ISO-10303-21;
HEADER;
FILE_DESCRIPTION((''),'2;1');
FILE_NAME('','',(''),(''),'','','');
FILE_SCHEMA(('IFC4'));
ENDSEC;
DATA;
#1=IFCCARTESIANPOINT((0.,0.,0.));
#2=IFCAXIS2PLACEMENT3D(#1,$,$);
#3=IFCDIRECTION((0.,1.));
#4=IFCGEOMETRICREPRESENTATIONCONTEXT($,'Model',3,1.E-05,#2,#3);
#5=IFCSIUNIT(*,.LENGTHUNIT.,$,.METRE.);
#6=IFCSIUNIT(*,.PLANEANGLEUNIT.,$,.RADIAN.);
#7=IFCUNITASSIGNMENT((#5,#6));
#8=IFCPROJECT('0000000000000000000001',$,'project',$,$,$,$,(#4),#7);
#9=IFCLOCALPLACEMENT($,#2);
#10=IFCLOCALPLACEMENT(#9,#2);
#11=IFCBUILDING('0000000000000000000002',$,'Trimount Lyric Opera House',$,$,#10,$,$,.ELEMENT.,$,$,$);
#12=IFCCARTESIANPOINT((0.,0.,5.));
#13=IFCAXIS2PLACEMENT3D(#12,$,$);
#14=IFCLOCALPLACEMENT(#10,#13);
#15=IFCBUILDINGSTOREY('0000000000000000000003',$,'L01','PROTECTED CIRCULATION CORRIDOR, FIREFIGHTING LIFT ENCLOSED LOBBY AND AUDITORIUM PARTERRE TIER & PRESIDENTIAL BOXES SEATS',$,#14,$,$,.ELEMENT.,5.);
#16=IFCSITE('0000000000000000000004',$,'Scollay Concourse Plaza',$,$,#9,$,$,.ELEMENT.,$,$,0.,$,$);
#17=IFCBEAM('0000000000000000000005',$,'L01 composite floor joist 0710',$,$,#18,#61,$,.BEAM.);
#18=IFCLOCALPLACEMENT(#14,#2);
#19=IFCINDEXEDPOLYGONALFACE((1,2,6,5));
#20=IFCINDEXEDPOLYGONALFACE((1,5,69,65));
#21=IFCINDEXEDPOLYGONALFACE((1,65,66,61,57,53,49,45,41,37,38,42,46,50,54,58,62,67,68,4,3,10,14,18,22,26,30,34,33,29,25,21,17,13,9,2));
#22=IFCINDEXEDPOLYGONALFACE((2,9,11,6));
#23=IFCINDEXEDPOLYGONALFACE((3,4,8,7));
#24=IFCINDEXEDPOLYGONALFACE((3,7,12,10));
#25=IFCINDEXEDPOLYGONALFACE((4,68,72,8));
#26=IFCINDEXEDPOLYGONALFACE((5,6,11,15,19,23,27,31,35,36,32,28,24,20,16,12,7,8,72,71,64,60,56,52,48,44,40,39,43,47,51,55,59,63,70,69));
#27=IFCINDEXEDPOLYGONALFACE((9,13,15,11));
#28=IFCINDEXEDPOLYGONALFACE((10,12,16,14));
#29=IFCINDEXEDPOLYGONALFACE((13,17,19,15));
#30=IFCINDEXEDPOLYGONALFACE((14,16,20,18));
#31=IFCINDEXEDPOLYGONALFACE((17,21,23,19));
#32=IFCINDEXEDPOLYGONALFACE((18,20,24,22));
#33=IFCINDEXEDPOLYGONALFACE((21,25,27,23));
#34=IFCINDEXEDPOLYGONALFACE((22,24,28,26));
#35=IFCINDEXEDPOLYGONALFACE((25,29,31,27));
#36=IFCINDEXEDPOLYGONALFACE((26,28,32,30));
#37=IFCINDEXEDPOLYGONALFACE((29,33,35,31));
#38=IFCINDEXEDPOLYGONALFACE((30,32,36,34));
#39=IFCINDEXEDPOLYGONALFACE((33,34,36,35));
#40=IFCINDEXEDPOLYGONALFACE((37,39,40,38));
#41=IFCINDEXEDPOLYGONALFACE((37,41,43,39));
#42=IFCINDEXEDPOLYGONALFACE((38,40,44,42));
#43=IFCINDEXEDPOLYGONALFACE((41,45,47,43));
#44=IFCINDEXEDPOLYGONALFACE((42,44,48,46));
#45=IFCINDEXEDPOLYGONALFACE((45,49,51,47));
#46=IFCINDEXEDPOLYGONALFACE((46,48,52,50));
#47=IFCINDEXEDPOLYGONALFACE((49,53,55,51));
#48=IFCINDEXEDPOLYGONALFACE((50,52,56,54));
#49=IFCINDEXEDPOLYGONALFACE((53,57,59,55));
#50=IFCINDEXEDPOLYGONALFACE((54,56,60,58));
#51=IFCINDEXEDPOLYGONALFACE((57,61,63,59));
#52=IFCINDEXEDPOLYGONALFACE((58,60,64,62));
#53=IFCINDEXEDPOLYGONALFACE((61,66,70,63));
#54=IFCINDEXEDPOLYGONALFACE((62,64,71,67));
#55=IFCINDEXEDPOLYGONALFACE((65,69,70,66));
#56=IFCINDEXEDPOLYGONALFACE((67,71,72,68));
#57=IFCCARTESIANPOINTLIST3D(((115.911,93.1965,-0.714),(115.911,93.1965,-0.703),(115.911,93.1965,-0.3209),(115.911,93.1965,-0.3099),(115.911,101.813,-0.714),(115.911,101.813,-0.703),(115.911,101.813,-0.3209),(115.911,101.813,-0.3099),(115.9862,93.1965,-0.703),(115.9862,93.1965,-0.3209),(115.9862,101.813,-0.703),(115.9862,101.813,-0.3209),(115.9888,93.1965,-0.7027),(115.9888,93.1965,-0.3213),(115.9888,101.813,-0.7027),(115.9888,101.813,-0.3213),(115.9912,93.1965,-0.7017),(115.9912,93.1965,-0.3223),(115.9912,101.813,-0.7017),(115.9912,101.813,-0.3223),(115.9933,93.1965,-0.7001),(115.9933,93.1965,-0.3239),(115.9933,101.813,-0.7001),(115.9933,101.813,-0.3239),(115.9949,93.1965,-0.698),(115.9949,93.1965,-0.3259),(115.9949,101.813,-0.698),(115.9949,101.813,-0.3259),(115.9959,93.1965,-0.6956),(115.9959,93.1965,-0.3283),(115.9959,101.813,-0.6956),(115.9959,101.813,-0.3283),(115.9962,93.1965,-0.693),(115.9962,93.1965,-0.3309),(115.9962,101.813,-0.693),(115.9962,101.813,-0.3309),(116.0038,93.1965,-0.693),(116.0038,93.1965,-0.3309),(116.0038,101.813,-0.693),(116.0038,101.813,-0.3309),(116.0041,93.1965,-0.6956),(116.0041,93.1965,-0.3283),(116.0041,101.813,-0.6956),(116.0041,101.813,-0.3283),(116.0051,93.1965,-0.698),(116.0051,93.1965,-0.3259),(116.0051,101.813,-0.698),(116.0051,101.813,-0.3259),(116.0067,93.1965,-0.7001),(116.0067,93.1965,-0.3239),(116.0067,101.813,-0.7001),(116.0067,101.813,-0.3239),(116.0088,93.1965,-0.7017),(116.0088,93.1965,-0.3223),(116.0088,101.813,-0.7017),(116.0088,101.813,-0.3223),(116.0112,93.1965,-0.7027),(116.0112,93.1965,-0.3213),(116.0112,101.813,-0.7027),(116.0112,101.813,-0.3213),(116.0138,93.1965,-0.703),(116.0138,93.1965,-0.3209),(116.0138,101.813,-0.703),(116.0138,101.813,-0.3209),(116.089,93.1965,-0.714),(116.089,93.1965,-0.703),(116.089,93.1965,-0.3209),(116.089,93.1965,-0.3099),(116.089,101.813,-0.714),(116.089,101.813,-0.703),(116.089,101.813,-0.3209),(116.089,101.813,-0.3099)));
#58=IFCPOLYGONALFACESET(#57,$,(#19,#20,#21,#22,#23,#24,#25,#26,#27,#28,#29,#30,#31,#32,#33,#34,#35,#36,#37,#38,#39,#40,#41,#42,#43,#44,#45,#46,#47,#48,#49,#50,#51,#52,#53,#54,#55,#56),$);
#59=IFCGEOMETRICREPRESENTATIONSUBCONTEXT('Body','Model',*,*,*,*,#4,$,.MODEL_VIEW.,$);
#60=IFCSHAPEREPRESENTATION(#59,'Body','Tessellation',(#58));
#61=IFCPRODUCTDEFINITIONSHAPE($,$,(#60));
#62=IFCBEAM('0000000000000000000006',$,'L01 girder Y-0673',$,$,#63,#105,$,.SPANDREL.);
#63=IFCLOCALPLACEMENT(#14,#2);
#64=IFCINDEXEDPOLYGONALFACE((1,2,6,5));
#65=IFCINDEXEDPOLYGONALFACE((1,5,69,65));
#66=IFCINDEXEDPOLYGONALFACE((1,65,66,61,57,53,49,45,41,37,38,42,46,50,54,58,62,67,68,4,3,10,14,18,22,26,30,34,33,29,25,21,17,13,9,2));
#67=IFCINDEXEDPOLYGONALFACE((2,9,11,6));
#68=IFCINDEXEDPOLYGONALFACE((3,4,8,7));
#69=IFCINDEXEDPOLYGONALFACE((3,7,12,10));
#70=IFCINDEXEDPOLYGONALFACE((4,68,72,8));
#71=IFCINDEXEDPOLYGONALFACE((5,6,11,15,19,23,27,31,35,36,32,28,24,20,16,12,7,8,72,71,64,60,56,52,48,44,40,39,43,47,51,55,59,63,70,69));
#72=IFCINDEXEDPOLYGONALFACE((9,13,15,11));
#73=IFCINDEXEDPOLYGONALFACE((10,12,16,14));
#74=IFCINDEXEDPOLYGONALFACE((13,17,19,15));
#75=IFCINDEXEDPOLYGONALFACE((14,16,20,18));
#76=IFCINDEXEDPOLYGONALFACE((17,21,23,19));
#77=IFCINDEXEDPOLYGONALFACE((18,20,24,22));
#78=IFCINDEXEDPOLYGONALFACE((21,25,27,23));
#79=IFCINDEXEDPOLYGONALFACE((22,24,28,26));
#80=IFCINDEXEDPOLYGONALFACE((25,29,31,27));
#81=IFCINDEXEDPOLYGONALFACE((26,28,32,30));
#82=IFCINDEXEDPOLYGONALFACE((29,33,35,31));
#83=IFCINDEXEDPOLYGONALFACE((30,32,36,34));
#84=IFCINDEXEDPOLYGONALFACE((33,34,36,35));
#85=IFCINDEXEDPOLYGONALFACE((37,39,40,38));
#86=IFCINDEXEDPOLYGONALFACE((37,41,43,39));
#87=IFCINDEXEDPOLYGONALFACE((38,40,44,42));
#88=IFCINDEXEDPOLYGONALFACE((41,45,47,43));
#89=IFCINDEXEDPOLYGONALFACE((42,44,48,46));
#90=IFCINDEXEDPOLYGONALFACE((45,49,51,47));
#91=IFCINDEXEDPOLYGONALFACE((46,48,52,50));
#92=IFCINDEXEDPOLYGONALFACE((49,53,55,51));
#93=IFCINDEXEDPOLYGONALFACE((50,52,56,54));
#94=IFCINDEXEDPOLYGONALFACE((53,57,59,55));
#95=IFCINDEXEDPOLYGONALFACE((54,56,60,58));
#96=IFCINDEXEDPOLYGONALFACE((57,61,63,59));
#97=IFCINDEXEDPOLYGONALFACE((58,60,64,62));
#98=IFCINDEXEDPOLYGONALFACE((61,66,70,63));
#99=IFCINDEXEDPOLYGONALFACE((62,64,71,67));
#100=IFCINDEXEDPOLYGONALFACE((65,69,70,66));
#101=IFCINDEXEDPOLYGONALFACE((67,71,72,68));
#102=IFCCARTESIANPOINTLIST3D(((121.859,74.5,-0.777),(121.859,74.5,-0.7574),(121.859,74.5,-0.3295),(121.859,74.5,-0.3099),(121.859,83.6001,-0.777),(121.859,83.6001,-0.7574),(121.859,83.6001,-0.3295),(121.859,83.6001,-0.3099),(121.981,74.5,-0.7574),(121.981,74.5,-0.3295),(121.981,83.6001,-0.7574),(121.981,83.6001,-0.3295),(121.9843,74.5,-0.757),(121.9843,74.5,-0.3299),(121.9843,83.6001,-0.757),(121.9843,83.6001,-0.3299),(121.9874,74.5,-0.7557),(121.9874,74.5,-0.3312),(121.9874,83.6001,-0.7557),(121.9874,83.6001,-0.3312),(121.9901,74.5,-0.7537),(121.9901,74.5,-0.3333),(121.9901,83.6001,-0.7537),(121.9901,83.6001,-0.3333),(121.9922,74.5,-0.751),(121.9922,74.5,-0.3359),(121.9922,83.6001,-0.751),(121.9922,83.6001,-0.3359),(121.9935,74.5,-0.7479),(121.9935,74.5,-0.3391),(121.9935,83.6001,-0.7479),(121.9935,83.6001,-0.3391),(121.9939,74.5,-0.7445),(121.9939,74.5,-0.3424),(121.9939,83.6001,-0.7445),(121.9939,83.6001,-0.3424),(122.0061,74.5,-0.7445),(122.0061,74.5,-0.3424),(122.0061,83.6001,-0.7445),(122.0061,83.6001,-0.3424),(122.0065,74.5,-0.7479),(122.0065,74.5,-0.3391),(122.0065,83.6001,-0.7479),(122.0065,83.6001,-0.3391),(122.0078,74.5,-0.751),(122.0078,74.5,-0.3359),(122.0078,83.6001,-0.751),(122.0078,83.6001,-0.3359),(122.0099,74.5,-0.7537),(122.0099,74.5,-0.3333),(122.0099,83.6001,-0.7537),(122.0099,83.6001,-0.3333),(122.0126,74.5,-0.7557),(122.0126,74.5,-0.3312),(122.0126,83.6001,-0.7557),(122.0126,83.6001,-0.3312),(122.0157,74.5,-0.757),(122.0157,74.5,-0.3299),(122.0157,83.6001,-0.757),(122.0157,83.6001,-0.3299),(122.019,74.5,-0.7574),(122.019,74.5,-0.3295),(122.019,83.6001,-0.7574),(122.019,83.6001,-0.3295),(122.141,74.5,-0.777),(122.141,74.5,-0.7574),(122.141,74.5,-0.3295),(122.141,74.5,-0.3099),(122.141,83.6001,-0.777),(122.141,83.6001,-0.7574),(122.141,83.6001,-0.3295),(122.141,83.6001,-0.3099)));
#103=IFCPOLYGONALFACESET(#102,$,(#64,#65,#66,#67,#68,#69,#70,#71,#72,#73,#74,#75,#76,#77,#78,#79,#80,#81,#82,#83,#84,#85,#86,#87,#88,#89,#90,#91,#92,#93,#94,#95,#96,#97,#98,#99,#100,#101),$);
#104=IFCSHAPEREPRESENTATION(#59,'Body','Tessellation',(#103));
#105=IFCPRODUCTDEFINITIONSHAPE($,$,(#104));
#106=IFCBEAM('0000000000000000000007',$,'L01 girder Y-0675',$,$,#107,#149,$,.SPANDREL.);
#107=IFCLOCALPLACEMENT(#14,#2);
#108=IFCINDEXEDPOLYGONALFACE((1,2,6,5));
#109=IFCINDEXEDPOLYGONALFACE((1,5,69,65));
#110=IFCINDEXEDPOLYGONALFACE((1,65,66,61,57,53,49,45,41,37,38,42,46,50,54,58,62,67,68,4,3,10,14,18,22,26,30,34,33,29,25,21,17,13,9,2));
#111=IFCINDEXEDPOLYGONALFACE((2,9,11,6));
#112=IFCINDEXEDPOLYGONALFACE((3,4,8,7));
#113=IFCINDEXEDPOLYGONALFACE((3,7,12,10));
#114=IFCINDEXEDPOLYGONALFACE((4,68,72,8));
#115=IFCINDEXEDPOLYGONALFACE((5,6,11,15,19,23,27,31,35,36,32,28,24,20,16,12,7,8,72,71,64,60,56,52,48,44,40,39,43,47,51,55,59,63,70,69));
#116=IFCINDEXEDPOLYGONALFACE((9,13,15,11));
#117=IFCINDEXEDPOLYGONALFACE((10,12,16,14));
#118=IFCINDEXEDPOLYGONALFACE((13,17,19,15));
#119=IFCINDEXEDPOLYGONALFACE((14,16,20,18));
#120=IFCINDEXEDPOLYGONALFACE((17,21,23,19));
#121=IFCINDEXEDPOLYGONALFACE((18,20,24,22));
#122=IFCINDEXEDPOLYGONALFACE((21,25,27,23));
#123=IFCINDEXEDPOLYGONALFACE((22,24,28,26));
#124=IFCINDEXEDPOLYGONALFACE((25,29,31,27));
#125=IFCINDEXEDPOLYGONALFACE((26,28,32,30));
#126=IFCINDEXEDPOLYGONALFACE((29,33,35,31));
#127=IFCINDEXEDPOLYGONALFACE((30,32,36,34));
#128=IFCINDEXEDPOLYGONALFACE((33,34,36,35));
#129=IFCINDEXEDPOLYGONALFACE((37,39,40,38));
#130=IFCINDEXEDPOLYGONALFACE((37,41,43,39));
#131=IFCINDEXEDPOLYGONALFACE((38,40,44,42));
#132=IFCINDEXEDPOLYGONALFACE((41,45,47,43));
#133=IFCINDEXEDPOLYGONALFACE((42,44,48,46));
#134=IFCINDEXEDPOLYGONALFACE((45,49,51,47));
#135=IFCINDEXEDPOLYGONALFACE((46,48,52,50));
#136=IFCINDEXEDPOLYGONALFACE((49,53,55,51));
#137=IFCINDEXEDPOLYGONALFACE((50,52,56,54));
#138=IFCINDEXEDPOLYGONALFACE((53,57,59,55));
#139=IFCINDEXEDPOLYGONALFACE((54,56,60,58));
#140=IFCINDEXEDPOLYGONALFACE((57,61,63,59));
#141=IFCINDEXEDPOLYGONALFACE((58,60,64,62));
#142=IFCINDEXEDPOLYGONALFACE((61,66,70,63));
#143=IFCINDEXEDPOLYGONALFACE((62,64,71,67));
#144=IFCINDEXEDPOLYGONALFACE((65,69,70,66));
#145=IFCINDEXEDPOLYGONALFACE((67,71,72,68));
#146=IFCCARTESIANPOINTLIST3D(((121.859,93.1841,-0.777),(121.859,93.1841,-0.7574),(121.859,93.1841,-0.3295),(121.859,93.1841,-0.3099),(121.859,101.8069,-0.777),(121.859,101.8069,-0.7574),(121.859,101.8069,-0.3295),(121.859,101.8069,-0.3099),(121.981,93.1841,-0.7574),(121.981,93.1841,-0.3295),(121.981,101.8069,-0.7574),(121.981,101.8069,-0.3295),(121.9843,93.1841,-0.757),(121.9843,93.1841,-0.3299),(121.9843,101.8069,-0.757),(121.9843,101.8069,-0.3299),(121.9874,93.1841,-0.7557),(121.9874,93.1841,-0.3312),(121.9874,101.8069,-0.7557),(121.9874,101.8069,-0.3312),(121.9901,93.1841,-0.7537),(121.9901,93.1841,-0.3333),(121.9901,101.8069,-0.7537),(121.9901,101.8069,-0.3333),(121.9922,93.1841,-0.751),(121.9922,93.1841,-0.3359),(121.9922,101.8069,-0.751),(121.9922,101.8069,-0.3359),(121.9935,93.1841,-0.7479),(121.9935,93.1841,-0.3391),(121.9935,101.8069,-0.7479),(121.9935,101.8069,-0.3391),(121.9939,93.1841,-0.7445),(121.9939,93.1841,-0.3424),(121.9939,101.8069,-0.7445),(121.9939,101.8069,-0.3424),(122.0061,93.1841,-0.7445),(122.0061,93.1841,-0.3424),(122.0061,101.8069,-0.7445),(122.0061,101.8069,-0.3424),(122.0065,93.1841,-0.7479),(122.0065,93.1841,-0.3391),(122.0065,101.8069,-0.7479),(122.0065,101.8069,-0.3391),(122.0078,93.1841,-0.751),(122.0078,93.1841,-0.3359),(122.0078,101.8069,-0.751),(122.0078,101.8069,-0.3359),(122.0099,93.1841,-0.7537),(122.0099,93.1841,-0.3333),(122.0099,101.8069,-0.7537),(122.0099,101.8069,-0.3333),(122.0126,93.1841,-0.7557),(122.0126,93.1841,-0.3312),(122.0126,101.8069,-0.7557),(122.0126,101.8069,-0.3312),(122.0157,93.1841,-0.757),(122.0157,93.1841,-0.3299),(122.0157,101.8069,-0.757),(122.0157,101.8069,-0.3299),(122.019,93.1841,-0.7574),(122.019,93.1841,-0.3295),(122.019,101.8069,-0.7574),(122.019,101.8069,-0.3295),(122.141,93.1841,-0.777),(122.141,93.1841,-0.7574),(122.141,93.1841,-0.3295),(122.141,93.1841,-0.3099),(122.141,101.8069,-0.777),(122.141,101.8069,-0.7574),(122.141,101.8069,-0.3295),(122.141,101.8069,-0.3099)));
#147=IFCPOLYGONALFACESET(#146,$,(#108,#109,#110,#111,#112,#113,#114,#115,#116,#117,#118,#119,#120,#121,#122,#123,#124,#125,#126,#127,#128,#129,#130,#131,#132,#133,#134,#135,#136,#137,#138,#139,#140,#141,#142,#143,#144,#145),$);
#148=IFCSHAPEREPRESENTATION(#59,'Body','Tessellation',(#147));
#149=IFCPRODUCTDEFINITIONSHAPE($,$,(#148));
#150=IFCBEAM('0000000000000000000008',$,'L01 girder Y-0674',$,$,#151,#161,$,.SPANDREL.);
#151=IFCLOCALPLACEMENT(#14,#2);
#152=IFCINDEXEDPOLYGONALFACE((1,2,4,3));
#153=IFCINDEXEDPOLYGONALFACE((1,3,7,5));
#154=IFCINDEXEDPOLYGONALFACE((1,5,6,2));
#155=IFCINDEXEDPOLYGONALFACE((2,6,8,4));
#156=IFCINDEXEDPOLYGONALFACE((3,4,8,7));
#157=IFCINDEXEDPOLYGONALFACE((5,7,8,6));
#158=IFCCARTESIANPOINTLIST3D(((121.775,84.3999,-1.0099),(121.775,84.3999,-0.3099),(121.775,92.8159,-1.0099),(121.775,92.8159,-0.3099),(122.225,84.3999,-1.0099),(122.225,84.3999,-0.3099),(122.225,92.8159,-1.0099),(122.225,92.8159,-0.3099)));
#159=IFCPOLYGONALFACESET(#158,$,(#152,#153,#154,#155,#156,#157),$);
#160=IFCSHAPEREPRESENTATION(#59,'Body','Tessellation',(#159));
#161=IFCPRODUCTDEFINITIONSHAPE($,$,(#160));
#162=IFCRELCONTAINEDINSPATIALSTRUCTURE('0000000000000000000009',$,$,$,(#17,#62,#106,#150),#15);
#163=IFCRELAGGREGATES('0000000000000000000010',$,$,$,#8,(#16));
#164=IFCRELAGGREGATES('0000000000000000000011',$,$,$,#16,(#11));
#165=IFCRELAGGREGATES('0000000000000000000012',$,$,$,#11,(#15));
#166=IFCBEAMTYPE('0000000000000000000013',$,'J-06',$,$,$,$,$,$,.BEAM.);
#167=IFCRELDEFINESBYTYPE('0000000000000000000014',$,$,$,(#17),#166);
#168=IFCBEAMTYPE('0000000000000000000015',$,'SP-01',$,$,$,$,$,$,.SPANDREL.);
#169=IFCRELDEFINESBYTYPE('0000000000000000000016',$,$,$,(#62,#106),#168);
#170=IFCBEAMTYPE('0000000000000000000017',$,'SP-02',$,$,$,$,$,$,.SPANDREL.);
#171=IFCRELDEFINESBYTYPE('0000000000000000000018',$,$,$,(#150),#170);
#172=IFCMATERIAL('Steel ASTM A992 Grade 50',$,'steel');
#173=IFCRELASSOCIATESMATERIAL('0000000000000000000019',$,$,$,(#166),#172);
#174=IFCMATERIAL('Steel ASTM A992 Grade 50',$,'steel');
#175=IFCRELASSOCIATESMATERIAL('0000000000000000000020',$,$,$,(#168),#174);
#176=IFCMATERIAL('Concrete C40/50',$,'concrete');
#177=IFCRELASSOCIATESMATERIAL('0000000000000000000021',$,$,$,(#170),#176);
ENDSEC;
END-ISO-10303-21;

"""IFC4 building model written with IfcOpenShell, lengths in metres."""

from ifc_helpers import new_model, si_unit, direction, frame, origin, origin_2d, place, context, subcontext, project, spatial, rectangle, i_section, extrude, material, material_profile, profile_set, type_object, element, save


model = new_model("IFC4")

# Units and contexts
model_context = context("Model", 3, precision=1e-05, world=origin(), true_north=direction((0.0, 1.0)))
body_context = subcontext(model_context, "Body", "Model", "MODEL_VIEW")
ifc_project = project(units=[si_unit("LENGTHUNIT", "METRE"), si_unit("PLANEANGLEUNIT", "RADIAN")], contexts=[model_context])

# Site, building, storey
site_placement = place(None, origin())
site = spatial("IfcSite", under=ifc_project, at=site_placement, Name="Scollay Concourse Plaza", CompositionType="ELEMENT", RefElevation=0.0)
building_placement = place(site_placement, origin())
building = spatial("IfcBuilding", under=site, at=building_placement, Name="Trimount Lyric Opera House", CompositionType="ELEMENT")
storey_placement = place(building_placement, frame((0.0, 0.0, 5.0)))
storey = spatial("IfcBuildingStorey", under=building, at=storey_placement, Name="L01", Description="PROTECTED CIRCULATION CORRIDOR, FIREFIGHTING LIFT ENCLOSED LOBBY AND AUDITORIUM PARTERRE TIER & PRESIDENTIAL BOXES SEATS", CompositionType="ELEMENT", Elevation=5.0)

# Beams
ifc_material_1 = material(Name="Steel ASTM A992 Grade 50", Category="steel")
ifc_material_profile_1 = material_profile(ifc_material_1, i_section(OverallWidth=0.178, OverallDepth=0.4041, WebThickness=0.0076, FlangeThickness=0.011, FilletRadius=0.01, at=origin_2d()), Name="W16X36")
ifc_profile_set_1 = profile_set([ifc_material_profile_1], Name="Steel ASTM A992 Grade 50")
beam_type_1 = type_object("IfcBeamType", Name="J-06", PredefinedType="BEAM", material=ifc_profile_set_1)
beam_1_placement = place(storey_placement, frame((116.0, 93.1965, -0.512), z_axis=(0.0, 1.0, 0.0), x_axis=(-1.0, 0.0, 0.0)))
element("IfcBeam", 1, at=beam_1_placement, inside=storey, type_object=beam_type_1, Name="L01 composite floor joist 0710", PredefinedType="BEAM", context=body_context, shape_type="SweptSolid", body=[
    extrude(i_section(OverallWidth=0.178, OverallDepth=0.4041, WebThickness=0.0076, FlangeThickness=0.011, FilletRadius=0.01, at=origin_2d()), origin(), (0.0, 0.0, 1.0), 8.6165),
])
ifc_material_2 = material(Name="Steel ASTM A992 Grade 50", Category="steel")
ifc_material_profile_2 = material_profile(ifc_material_2, i_section(OverallWidth=0.282, OverallDepth=0.467, WebThickness=0.0122, FlangeThickness=0.0195, FilletRadius=0.0129, at=origin_2d()), Name="W18X86")
ifc_profile_set_2 = profile_set([ifc_material_profile_2], Name="Steel ASTM A992 Grade 50")
beam_type_2 = type_object("IfcBeamType", Name="SP-01", PredefinedType="SPANDREL", material=ifc_profile_set_2)
beam_2_placement = place(storey_placement, frame((122.0, 74.5, -0.5435), z_axis=(0.0, 1.0, 0.0), x_axis=(-1.0, 0.0, 0.0)))
element("IfcBeam", 2, at=beam_2_placement, inside=storey, type_object=beam_type_2, Name="L01 girder Y-0673", PredefinedType="SPANDREL", context=body_context, shape_type="SweptSolid", body=[
    extrude(i_section(OverallWidth=0.282, OverallDepth=0.467, WebThickness=0.0122, FlangeThickness=0.0195, FilletRadius=0.0129, at=origin_2d()), origin(), (0.0, 0.0, 1.0), 9.1001),
])
beam_3_placement = place(storey_placement, frame((122.0, 93.1841, -0.5435), z_axis=(0.0, 1.0, 0.0), x_axis=(-1.0, 0.0, 0.0)))
element("IfcBeam", 3, at=beam_3_placement, inside=storey, type_object=beam_type_2, Name="L01 girder Y-0675", PredefinedType="SPANDREL", context=body_context, shape_type="SweptSolid", body=[
    extrude(i_section(OverallWidth=0.282, OverallDepth=0.467, WebThickness=0.0122, FlangeThickness=0.0195, FilletRadius=0.0129, at=origin_2d()), origin(), (0.0, 0.0, 1.0), 8.6228),
])
ifc_material_3 = material(Name="Concrete C40/50", Category="concrete")
ifc_material_profile_3 = material_profile(ifc_material_3, rectangle(XDim=0.45, YDim=0.7, at=origin_2d()), Name="RC450X700")
ifc_profile_set_3 = profile_set([ifc_material_profile_3], Name="Concrete C40/50")
beam_type_3 = type_object("IfcBeamType", Name="SP-02", PredefinedType="SPANDREL", material=ifc_profile_set_3)
beam_4_placement = place(storey_placement, frame((122.0, 84.3999, -0.6599), z_axis=(0.0, 1.0, 0.0), x_axis=(-1.0, 0.0, 0.0)))
element("IfcBeam", 4, at=beam_4_placement, inside=storey, type_object=beam_type_3, Name="L01 girder Y-0674", PredefinedType="SPANDREL", context=body_context, shape_type="SweptSolid", body=[
    extrude(rectangle(XDim=0.45, YDim=0.7, at=origin_2d()), origin(), (0.0, 0.0, 1.0), 8.416),
])

save(model, "model.ifc")
